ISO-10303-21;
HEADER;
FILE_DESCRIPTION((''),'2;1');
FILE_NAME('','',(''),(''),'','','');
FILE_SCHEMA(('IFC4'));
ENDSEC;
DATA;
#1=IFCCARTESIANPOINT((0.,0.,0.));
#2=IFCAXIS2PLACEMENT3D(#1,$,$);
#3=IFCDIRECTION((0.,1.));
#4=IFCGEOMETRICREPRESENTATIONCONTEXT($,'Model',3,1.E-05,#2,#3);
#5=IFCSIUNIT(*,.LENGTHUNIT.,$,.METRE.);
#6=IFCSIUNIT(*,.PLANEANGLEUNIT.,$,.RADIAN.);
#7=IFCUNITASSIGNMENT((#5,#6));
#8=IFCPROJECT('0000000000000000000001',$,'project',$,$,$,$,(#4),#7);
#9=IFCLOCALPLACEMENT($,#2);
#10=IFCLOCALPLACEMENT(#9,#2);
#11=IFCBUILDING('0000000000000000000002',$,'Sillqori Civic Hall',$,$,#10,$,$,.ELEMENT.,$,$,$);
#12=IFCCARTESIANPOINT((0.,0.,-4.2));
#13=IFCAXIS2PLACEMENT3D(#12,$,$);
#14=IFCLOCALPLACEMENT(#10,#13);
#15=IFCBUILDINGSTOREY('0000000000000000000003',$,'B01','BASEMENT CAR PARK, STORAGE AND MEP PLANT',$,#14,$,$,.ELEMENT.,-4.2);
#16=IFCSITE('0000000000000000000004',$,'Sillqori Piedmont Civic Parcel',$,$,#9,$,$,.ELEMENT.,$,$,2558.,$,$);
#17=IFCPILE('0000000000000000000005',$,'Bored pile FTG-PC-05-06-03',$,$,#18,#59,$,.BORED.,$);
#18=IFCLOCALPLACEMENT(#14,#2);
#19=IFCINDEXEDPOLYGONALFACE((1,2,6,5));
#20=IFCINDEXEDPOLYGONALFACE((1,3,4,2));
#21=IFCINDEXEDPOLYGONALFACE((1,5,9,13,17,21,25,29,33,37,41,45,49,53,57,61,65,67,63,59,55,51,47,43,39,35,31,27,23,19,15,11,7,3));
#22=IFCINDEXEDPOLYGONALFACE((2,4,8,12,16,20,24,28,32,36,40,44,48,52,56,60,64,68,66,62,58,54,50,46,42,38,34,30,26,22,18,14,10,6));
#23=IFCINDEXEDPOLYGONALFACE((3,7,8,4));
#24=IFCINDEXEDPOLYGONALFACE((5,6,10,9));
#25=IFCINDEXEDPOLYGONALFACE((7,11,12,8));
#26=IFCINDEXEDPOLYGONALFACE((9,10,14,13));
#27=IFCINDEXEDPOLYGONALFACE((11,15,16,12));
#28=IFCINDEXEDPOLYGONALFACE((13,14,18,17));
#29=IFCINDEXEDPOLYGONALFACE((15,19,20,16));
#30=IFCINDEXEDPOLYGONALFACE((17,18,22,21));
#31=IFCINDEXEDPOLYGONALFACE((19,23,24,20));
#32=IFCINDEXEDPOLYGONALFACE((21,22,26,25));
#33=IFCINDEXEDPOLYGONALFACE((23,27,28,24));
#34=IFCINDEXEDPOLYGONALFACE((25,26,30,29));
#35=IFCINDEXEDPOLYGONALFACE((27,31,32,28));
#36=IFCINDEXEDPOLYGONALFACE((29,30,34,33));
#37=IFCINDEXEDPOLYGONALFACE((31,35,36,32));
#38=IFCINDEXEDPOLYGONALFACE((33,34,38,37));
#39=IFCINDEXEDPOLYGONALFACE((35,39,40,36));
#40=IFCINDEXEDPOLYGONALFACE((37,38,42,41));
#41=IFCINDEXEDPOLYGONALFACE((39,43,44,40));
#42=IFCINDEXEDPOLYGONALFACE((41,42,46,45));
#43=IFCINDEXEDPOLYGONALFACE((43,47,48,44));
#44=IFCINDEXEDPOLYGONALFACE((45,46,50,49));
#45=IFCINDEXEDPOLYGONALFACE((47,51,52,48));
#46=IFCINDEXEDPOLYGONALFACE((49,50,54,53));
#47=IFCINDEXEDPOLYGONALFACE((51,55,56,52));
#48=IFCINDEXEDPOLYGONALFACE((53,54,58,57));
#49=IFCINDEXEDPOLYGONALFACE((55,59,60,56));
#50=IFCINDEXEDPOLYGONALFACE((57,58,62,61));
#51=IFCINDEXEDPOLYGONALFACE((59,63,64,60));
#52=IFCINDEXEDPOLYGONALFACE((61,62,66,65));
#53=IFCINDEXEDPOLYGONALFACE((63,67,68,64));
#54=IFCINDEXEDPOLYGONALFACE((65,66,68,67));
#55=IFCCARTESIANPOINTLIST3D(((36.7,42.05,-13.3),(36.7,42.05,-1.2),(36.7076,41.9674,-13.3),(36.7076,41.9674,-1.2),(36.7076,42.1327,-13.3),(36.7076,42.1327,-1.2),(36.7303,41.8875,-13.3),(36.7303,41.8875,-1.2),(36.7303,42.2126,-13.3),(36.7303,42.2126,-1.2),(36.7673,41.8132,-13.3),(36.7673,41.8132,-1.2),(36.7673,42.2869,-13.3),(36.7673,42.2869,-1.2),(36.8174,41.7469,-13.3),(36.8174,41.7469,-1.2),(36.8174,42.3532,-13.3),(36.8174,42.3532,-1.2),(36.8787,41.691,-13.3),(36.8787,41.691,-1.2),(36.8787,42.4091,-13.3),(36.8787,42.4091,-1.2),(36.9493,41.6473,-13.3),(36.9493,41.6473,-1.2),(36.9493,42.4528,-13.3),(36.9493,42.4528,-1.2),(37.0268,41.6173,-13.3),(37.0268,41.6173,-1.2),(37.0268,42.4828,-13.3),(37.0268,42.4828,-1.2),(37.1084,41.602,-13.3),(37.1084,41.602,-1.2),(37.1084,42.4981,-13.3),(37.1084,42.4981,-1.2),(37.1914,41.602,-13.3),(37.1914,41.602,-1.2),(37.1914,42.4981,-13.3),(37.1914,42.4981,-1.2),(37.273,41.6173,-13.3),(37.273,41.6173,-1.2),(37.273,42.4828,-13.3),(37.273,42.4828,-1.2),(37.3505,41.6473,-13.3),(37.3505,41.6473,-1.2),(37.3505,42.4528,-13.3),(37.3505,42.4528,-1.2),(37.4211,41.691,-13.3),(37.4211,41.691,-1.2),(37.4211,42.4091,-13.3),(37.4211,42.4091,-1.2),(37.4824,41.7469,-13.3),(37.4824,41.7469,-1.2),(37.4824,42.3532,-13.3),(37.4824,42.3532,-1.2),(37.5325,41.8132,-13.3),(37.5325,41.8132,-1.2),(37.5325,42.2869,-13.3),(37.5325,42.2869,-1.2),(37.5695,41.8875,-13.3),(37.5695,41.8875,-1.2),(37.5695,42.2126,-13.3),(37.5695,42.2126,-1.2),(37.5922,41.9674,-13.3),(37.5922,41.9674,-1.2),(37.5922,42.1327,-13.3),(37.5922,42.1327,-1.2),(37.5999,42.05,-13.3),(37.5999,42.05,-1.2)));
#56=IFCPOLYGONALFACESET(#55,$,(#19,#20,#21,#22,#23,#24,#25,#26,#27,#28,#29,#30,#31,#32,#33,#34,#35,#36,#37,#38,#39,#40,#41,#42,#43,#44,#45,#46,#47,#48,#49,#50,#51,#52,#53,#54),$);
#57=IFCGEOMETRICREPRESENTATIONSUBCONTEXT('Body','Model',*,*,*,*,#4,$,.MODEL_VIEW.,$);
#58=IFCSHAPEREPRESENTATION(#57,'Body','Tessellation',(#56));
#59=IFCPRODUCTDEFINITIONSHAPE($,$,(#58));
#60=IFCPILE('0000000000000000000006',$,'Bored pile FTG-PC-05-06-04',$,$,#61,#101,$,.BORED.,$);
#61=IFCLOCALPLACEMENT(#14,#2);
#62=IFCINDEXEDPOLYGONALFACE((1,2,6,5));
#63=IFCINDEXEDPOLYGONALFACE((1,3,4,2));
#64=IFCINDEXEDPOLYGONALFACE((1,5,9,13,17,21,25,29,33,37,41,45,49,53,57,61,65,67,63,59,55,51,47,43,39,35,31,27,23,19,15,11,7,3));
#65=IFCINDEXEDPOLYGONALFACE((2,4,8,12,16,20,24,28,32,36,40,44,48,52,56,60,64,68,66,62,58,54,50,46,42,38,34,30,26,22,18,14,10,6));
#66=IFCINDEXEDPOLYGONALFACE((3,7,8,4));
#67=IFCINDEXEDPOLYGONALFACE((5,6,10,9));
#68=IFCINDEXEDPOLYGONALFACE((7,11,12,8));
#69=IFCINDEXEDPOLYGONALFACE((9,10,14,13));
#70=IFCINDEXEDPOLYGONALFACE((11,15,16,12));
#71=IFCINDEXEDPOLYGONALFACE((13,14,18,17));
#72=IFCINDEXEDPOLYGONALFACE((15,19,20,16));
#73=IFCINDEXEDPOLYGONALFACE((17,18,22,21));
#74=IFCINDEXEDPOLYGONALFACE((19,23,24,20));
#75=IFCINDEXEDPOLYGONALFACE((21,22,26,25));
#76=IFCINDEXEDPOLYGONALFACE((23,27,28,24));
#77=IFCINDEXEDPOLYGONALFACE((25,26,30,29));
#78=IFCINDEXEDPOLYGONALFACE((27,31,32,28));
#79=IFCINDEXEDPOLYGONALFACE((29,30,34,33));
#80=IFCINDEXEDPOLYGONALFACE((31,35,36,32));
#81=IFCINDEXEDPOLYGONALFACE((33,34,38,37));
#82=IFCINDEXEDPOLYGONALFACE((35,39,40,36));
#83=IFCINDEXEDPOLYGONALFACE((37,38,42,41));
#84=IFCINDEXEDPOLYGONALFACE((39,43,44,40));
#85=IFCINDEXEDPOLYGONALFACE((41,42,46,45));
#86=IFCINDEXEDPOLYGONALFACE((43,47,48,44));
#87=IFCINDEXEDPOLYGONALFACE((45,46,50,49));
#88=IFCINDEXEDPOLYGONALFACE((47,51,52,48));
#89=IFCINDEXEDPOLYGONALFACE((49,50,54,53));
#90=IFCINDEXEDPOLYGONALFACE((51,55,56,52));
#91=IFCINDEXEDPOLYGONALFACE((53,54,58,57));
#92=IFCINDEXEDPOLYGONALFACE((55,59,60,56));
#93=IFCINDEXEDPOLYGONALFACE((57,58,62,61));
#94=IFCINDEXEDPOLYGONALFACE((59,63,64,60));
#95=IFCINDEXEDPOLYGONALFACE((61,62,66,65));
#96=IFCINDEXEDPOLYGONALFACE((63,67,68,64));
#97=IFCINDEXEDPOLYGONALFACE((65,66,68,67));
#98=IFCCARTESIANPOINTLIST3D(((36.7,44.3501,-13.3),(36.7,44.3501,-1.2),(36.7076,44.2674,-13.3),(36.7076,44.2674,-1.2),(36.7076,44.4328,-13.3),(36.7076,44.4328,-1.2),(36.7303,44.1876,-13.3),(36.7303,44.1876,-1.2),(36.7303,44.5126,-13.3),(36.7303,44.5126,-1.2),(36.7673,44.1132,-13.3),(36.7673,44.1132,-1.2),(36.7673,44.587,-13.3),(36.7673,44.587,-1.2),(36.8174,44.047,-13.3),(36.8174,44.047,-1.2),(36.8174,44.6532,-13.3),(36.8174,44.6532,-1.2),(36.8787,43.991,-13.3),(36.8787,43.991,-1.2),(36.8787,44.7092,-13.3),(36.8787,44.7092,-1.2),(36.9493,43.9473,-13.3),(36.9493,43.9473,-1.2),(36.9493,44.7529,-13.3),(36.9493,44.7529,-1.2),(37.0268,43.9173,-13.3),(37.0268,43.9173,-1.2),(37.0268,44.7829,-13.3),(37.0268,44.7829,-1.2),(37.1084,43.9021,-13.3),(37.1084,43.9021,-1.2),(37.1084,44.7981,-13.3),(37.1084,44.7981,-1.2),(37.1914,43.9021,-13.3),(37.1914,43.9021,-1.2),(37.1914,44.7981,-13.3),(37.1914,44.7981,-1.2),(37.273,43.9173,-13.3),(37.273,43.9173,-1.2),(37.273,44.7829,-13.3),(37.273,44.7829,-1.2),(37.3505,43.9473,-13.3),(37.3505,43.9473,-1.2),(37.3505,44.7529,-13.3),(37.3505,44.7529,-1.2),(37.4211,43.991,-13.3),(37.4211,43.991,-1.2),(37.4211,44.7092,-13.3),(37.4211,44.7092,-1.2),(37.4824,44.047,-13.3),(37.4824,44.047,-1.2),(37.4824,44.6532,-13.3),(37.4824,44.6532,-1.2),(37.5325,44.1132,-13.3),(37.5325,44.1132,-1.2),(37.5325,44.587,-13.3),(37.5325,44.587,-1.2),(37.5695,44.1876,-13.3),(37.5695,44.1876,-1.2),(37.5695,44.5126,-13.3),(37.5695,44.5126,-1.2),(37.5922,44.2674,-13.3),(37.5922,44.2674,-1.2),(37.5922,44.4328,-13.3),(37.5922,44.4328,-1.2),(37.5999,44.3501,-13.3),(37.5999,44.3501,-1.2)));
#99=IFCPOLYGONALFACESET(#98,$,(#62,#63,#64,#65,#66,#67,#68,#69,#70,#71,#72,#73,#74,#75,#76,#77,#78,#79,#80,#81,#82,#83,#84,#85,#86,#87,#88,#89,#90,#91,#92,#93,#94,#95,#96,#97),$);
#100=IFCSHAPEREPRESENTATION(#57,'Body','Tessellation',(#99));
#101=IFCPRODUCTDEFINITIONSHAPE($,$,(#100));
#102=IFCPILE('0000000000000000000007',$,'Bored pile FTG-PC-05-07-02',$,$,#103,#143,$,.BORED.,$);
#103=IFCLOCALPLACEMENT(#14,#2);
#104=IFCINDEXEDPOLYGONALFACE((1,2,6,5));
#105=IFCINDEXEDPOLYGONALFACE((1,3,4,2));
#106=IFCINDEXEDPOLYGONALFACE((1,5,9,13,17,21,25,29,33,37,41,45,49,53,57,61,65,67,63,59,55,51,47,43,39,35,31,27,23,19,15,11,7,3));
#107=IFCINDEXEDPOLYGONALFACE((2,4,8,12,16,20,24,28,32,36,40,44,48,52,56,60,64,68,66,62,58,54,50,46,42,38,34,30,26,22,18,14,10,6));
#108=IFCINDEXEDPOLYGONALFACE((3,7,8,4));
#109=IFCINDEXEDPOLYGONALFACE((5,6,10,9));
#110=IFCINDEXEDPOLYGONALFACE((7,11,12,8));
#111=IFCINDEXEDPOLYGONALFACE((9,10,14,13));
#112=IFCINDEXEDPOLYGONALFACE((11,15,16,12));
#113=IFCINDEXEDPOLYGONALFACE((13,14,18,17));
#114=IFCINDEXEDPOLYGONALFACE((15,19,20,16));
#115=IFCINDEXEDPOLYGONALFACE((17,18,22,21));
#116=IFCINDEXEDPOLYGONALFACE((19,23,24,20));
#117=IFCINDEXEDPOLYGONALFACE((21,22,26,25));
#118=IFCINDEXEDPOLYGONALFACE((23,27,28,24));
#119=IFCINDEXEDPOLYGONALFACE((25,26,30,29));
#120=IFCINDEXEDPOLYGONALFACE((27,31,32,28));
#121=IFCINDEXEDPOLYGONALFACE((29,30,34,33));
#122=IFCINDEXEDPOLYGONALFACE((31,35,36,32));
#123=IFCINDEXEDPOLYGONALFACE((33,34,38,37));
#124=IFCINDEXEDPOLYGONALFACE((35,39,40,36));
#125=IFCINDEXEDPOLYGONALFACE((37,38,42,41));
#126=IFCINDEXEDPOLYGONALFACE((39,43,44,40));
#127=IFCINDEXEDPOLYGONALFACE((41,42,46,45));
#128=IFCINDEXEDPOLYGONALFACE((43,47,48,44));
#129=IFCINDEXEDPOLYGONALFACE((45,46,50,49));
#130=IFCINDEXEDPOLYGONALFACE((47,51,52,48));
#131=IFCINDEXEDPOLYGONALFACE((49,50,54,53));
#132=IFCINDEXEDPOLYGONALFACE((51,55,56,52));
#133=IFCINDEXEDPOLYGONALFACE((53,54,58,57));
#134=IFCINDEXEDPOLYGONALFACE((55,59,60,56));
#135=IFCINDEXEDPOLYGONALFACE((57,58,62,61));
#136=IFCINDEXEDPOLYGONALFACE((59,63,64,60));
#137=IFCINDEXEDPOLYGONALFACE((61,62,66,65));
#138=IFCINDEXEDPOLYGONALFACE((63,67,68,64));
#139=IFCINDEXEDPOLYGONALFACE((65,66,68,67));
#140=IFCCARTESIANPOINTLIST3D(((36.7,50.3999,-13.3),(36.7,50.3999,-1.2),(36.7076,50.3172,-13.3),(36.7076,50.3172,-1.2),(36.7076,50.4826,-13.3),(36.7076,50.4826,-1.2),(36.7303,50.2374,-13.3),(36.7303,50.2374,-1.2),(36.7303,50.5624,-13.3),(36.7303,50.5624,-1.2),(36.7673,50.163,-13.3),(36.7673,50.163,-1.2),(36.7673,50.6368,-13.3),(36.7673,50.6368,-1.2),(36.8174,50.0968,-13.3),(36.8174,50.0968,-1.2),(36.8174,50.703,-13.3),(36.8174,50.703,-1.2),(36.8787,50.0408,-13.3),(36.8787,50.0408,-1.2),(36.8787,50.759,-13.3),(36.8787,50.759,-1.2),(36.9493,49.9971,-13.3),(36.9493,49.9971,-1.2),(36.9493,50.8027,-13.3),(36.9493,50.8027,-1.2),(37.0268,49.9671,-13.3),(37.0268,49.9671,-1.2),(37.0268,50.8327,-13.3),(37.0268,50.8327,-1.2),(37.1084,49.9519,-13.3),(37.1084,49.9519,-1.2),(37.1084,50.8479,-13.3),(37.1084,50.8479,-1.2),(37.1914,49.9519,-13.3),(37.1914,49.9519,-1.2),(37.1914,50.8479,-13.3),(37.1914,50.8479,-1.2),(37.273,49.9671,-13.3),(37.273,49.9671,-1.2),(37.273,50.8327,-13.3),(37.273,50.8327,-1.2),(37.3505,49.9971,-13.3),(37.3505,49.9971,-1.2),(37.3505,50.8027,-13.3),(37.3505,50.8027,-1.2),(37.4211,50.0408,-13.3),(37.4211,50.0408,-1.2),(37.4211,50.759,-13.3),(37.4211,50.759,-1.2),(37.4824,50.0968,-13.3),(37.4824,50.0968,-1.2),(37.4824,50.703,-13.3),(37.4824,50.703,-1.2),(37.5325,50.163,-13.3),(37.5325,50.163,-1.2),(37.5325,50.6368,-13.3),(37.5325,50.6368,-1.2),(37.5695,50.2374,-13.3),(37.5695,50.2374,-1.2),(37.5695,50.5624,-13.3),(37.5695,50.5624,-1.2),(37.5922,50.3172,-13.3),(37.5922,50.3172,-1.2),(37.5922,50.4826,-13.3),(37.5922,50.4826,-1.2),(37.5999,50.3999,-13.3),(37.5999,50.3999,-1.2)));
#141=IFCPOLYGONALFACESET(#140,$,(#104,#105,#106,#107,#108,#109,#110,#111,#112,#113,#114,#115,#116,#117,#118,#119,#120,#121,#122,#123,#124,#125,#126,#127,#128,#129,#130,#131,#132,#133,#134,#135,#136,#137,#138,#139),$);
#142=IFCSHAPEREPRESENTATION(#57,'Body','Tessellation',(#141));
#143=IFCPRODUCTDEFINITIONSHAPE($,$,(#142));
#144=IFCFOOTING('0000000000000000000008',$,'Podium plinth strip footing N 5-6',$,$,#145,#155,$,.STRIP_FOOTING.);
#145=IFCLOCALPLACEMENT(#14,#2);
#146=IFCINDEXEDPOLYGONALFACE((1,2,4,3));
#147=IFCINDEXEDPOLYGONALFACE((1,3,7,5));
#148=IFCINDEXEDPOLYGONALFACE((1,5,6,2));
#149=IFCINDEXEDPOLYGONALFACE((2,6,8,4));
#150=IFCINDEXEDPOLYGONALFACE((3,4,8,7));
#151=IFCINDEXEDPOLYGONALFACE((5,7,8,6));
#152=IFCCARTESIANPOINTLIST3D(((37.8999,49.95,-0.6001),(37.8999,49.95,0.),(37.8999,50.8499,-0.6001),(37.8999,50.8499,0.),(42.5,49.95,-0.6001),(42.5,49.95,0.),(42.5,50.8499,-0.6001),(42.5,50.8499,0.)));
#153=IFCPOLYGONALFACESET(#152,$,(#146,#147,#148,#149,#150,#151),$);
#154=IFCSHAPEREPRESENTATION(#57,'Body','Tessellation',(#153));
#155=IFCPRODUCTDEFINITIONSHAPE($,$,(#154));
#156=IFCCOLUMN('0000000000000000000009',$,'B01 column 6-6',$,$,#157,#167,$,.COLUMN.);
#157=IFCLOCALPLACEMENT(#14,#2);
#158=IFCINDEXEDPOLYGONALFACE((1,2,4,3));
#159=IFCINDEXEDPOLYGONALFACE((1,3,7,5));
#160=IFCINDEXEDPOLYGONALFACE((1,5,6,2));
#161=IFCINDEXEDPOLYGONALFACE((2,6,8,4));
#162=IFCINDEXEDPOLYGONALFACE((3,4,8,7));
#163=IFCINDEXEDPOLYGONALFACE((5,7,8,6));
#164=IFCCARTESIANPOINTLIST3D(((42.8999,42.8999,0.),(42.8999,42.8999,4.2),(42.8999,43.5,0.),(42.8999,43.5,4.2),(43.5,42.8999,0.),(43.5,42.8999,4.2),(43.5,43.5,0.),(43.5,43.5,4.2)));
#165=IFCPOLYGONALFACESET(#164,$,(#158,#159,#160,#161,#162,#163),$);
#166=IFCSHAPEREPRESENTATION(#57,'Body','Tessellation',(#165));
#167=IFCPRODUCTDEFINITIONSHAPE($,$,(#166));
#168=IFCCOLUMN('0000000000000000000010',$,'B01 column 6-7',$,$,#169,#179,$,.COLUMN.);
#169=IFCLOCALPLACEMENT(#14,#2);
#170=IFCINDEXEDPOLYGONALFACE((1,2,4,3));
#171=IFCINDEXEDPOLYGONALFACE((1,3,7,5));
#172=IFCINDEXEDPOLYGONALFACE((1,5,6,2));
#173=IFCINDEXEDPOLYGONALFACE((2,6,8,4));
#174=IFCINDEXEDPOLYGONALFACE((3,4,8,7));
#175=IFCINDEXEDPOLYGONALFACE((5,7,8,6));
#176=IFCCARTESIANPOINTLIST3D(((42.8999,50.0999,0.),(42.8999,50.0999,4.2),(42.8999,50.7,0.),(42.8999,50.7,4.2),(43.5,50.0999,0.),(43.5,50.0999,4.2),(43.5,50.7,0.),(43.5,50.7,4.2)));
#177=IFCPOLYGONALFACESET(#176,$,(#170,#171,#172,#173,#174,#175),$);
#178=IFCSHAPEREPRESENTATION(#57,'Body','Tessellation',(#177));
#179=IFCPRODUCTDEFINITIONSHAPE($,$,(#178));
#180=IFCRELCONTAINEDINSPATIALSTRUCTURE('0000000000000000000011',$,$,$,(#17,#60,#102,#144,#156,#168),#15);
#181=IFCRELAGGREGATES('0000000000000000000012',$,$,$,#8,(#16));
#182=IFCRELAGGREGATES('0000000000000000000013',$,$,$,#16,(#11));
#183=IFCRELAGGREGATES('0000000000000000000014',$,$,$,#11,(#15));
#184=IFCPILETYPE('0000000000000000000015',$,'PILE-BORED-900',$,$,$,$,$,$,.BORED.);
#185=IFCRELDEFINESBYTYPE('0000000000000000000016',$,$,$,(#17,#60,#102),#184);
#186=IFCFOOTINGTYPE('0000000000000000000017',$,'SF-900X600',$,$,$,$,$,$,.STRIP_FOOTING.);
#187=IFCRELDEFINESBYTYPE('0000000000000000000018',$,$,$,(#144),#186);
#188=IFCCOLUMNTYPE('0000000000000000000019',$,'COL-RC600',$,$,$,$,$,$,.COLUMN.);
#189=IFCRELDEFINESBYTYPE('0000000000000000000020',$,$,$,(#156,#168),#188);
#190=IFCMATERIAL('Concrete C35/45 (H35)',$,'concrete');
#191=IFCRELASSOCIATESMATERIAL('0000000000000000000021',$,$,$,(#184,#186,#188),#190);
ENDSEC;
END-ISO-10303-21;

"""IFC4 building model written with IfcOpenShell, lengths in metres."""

from ifc_helpers import new_model, si_unit, direction, frame, origin, origin_2d, place, context, subcontext, project, spatial, rectangle, circle, extrude, material, material_profile, profile_set, type_object, element, save


model = new_model("IFC4")

# Units and contexts
model_context = context("Model", 3, precision=1e-05, world=origin(), true_north=direction((0.0, 1.0)))
body_context = subcontext(model_context, "Body", "Model", "MODEL_VIEW")
ifc_project = project(units=[si_unit("LENGTHUNIT", "METRE"), si_unit("PLANEANGLEUNIT", "RADIAN")], contexts=[model_context])

# Site, building, storey
site_placement = place(None, origin())
site = spatial("IfcSite", under=ifc_project, at=site_placement, Name="Sillqori Piedmont Civic Parcel", CompositionType="ELEMENT", RefElevation=2558.0)
building_placement = place(site_placement, origin())
building = spatial("IfcBuilding", under=site, at=building_placement, Name="Sillqori Civic Hall", CompositionType="ELEMENT")
storey_placement = place(building_placement, frame((0.0, 0.0, -4.2)))
storey = spatial("IfcBuildingStorey", under=building, at=storey_placement, Name="B01", Description="BASEMENT CAR PARK, STORAGE AND MEP PLANT", CompositionType="ELEMENT", Elevation=-4.2)

# Shared definitions
ifc_material_1 = material(Name="Concrete C35/45 (H35)", Category="concrete")

# Piles
ifc_material_profile_1 = material_profile(ifc_material_1, circle(Radius=0.45, at=origin_2d()), Name="BORED PILE 900")
ifc_profile_set_1 = profile_set([ifc_material_profile_1], Name="Concrete C35/45 (H35)")
pile_type = type_object("IfcPileType", Name="PILE-BORED-900", PredefinedType="BORED", material=ifc_profile_set_1)
for number, where, z_axis, x_axis, name in (
    (1, (37.1499, 42.05, -1.2), (0.0, 0.0, -1.0), (1.0, 0.0, 0.0), "Bored pile FTG-PC-05-06-03"),
    (2, (37.1499, 44.3501, -1.2), (0.0, 0.0, -1.0), (1.0, 0.0, 0.0), "Bored pile FTG-PC-05-06-04"),
    (3, (37.1499, 50.3999, -1.2), (0.0, 0.0, -1.0), (1.0, 0.0, 0.0), "Bored pile FTG-PC-05-07-02"),
):
    element("IfcPile", number, at=place(storey_placement, frame(where, z_axis=z_axis, x_axis=x_axis)), inside=storey, type_object=pile_type, Name=name, PredefinedType="BORED", context=body_context, shape_type="SweptSolid", body=[
        extrude(circle(Radius=0.45, at=origin_2d()), origin(), (0.0, 0.0, 1.0), 12.1001),
    ])

# Footing
footing_type_1 = type_object("IfcFootingType", Name="SF-900X600", PredefinedType="STRIP_FOOTING", material=ifc_material_1)
footing_1_placement = place(storey_placement, frame((40.2, 50.3999, -0.6001), z_axis=(0.0, 0.0, 1.0), x_axis=(1.0, 0.0, 0.0)))
element("IfcFooting", 4, at=footing_1_placement, inside=storey, type_object=footing_type_1, Name="Podium plinth strip footing N 5-6", PredefinedType="STRIP_FOOTING", context=body_context, shape_type="SweptSolid", body=[
    extrude(rectangle(XDim=4.6001, YDim=0.8999, at=origin_2d()), origin(), (0.0, 0.0, 1.0), 0.6001),
])

# Columns
ifc_material_profile_2 = material_profile(ifc_material_1, rectangle(XDim=0.6001, YDim=0.6001, at=origin_2d()), Name="RC 600x600")
ifc_profile_set_2 = profile_set([ifc_material_profile_2], Name="Concrete C35/45 (H35)")
column_type = type_object("IfcColumnType", Name="COL-RC600", PredefinedType="COLUMN", material=ifc_profile_set_2)
for number, where, z_axis, x_axis, name in (
    (5, (43.2, 43.2, 0.0), (0.0, 0.0, 1.0), (1.0, 0.0, 0.0), "B01 column 6-6"),
    (6, (43.2, 50.3999, 0.0), (0.0, 0.0, 1.0), (1.0, 0.0, 0.0), "B01 column 6-7"),
):
    element("IfcColumn", number, at=place(storey_placement, frame(where, z_axis=z_axis, x_axis=x_axis)), inside=storey, type_object=column_type, Name=name, PredefinedType="COLUMN", context=body_context, shape_type="SweptSolid", body=[
        extrude(rectangle(XDim=0.6001, YDim=0.6001, at=origin_2d()), origin(), (0.0, 0.0, 1.0), 4.2),
    ])

save(model, "model.ifc")
